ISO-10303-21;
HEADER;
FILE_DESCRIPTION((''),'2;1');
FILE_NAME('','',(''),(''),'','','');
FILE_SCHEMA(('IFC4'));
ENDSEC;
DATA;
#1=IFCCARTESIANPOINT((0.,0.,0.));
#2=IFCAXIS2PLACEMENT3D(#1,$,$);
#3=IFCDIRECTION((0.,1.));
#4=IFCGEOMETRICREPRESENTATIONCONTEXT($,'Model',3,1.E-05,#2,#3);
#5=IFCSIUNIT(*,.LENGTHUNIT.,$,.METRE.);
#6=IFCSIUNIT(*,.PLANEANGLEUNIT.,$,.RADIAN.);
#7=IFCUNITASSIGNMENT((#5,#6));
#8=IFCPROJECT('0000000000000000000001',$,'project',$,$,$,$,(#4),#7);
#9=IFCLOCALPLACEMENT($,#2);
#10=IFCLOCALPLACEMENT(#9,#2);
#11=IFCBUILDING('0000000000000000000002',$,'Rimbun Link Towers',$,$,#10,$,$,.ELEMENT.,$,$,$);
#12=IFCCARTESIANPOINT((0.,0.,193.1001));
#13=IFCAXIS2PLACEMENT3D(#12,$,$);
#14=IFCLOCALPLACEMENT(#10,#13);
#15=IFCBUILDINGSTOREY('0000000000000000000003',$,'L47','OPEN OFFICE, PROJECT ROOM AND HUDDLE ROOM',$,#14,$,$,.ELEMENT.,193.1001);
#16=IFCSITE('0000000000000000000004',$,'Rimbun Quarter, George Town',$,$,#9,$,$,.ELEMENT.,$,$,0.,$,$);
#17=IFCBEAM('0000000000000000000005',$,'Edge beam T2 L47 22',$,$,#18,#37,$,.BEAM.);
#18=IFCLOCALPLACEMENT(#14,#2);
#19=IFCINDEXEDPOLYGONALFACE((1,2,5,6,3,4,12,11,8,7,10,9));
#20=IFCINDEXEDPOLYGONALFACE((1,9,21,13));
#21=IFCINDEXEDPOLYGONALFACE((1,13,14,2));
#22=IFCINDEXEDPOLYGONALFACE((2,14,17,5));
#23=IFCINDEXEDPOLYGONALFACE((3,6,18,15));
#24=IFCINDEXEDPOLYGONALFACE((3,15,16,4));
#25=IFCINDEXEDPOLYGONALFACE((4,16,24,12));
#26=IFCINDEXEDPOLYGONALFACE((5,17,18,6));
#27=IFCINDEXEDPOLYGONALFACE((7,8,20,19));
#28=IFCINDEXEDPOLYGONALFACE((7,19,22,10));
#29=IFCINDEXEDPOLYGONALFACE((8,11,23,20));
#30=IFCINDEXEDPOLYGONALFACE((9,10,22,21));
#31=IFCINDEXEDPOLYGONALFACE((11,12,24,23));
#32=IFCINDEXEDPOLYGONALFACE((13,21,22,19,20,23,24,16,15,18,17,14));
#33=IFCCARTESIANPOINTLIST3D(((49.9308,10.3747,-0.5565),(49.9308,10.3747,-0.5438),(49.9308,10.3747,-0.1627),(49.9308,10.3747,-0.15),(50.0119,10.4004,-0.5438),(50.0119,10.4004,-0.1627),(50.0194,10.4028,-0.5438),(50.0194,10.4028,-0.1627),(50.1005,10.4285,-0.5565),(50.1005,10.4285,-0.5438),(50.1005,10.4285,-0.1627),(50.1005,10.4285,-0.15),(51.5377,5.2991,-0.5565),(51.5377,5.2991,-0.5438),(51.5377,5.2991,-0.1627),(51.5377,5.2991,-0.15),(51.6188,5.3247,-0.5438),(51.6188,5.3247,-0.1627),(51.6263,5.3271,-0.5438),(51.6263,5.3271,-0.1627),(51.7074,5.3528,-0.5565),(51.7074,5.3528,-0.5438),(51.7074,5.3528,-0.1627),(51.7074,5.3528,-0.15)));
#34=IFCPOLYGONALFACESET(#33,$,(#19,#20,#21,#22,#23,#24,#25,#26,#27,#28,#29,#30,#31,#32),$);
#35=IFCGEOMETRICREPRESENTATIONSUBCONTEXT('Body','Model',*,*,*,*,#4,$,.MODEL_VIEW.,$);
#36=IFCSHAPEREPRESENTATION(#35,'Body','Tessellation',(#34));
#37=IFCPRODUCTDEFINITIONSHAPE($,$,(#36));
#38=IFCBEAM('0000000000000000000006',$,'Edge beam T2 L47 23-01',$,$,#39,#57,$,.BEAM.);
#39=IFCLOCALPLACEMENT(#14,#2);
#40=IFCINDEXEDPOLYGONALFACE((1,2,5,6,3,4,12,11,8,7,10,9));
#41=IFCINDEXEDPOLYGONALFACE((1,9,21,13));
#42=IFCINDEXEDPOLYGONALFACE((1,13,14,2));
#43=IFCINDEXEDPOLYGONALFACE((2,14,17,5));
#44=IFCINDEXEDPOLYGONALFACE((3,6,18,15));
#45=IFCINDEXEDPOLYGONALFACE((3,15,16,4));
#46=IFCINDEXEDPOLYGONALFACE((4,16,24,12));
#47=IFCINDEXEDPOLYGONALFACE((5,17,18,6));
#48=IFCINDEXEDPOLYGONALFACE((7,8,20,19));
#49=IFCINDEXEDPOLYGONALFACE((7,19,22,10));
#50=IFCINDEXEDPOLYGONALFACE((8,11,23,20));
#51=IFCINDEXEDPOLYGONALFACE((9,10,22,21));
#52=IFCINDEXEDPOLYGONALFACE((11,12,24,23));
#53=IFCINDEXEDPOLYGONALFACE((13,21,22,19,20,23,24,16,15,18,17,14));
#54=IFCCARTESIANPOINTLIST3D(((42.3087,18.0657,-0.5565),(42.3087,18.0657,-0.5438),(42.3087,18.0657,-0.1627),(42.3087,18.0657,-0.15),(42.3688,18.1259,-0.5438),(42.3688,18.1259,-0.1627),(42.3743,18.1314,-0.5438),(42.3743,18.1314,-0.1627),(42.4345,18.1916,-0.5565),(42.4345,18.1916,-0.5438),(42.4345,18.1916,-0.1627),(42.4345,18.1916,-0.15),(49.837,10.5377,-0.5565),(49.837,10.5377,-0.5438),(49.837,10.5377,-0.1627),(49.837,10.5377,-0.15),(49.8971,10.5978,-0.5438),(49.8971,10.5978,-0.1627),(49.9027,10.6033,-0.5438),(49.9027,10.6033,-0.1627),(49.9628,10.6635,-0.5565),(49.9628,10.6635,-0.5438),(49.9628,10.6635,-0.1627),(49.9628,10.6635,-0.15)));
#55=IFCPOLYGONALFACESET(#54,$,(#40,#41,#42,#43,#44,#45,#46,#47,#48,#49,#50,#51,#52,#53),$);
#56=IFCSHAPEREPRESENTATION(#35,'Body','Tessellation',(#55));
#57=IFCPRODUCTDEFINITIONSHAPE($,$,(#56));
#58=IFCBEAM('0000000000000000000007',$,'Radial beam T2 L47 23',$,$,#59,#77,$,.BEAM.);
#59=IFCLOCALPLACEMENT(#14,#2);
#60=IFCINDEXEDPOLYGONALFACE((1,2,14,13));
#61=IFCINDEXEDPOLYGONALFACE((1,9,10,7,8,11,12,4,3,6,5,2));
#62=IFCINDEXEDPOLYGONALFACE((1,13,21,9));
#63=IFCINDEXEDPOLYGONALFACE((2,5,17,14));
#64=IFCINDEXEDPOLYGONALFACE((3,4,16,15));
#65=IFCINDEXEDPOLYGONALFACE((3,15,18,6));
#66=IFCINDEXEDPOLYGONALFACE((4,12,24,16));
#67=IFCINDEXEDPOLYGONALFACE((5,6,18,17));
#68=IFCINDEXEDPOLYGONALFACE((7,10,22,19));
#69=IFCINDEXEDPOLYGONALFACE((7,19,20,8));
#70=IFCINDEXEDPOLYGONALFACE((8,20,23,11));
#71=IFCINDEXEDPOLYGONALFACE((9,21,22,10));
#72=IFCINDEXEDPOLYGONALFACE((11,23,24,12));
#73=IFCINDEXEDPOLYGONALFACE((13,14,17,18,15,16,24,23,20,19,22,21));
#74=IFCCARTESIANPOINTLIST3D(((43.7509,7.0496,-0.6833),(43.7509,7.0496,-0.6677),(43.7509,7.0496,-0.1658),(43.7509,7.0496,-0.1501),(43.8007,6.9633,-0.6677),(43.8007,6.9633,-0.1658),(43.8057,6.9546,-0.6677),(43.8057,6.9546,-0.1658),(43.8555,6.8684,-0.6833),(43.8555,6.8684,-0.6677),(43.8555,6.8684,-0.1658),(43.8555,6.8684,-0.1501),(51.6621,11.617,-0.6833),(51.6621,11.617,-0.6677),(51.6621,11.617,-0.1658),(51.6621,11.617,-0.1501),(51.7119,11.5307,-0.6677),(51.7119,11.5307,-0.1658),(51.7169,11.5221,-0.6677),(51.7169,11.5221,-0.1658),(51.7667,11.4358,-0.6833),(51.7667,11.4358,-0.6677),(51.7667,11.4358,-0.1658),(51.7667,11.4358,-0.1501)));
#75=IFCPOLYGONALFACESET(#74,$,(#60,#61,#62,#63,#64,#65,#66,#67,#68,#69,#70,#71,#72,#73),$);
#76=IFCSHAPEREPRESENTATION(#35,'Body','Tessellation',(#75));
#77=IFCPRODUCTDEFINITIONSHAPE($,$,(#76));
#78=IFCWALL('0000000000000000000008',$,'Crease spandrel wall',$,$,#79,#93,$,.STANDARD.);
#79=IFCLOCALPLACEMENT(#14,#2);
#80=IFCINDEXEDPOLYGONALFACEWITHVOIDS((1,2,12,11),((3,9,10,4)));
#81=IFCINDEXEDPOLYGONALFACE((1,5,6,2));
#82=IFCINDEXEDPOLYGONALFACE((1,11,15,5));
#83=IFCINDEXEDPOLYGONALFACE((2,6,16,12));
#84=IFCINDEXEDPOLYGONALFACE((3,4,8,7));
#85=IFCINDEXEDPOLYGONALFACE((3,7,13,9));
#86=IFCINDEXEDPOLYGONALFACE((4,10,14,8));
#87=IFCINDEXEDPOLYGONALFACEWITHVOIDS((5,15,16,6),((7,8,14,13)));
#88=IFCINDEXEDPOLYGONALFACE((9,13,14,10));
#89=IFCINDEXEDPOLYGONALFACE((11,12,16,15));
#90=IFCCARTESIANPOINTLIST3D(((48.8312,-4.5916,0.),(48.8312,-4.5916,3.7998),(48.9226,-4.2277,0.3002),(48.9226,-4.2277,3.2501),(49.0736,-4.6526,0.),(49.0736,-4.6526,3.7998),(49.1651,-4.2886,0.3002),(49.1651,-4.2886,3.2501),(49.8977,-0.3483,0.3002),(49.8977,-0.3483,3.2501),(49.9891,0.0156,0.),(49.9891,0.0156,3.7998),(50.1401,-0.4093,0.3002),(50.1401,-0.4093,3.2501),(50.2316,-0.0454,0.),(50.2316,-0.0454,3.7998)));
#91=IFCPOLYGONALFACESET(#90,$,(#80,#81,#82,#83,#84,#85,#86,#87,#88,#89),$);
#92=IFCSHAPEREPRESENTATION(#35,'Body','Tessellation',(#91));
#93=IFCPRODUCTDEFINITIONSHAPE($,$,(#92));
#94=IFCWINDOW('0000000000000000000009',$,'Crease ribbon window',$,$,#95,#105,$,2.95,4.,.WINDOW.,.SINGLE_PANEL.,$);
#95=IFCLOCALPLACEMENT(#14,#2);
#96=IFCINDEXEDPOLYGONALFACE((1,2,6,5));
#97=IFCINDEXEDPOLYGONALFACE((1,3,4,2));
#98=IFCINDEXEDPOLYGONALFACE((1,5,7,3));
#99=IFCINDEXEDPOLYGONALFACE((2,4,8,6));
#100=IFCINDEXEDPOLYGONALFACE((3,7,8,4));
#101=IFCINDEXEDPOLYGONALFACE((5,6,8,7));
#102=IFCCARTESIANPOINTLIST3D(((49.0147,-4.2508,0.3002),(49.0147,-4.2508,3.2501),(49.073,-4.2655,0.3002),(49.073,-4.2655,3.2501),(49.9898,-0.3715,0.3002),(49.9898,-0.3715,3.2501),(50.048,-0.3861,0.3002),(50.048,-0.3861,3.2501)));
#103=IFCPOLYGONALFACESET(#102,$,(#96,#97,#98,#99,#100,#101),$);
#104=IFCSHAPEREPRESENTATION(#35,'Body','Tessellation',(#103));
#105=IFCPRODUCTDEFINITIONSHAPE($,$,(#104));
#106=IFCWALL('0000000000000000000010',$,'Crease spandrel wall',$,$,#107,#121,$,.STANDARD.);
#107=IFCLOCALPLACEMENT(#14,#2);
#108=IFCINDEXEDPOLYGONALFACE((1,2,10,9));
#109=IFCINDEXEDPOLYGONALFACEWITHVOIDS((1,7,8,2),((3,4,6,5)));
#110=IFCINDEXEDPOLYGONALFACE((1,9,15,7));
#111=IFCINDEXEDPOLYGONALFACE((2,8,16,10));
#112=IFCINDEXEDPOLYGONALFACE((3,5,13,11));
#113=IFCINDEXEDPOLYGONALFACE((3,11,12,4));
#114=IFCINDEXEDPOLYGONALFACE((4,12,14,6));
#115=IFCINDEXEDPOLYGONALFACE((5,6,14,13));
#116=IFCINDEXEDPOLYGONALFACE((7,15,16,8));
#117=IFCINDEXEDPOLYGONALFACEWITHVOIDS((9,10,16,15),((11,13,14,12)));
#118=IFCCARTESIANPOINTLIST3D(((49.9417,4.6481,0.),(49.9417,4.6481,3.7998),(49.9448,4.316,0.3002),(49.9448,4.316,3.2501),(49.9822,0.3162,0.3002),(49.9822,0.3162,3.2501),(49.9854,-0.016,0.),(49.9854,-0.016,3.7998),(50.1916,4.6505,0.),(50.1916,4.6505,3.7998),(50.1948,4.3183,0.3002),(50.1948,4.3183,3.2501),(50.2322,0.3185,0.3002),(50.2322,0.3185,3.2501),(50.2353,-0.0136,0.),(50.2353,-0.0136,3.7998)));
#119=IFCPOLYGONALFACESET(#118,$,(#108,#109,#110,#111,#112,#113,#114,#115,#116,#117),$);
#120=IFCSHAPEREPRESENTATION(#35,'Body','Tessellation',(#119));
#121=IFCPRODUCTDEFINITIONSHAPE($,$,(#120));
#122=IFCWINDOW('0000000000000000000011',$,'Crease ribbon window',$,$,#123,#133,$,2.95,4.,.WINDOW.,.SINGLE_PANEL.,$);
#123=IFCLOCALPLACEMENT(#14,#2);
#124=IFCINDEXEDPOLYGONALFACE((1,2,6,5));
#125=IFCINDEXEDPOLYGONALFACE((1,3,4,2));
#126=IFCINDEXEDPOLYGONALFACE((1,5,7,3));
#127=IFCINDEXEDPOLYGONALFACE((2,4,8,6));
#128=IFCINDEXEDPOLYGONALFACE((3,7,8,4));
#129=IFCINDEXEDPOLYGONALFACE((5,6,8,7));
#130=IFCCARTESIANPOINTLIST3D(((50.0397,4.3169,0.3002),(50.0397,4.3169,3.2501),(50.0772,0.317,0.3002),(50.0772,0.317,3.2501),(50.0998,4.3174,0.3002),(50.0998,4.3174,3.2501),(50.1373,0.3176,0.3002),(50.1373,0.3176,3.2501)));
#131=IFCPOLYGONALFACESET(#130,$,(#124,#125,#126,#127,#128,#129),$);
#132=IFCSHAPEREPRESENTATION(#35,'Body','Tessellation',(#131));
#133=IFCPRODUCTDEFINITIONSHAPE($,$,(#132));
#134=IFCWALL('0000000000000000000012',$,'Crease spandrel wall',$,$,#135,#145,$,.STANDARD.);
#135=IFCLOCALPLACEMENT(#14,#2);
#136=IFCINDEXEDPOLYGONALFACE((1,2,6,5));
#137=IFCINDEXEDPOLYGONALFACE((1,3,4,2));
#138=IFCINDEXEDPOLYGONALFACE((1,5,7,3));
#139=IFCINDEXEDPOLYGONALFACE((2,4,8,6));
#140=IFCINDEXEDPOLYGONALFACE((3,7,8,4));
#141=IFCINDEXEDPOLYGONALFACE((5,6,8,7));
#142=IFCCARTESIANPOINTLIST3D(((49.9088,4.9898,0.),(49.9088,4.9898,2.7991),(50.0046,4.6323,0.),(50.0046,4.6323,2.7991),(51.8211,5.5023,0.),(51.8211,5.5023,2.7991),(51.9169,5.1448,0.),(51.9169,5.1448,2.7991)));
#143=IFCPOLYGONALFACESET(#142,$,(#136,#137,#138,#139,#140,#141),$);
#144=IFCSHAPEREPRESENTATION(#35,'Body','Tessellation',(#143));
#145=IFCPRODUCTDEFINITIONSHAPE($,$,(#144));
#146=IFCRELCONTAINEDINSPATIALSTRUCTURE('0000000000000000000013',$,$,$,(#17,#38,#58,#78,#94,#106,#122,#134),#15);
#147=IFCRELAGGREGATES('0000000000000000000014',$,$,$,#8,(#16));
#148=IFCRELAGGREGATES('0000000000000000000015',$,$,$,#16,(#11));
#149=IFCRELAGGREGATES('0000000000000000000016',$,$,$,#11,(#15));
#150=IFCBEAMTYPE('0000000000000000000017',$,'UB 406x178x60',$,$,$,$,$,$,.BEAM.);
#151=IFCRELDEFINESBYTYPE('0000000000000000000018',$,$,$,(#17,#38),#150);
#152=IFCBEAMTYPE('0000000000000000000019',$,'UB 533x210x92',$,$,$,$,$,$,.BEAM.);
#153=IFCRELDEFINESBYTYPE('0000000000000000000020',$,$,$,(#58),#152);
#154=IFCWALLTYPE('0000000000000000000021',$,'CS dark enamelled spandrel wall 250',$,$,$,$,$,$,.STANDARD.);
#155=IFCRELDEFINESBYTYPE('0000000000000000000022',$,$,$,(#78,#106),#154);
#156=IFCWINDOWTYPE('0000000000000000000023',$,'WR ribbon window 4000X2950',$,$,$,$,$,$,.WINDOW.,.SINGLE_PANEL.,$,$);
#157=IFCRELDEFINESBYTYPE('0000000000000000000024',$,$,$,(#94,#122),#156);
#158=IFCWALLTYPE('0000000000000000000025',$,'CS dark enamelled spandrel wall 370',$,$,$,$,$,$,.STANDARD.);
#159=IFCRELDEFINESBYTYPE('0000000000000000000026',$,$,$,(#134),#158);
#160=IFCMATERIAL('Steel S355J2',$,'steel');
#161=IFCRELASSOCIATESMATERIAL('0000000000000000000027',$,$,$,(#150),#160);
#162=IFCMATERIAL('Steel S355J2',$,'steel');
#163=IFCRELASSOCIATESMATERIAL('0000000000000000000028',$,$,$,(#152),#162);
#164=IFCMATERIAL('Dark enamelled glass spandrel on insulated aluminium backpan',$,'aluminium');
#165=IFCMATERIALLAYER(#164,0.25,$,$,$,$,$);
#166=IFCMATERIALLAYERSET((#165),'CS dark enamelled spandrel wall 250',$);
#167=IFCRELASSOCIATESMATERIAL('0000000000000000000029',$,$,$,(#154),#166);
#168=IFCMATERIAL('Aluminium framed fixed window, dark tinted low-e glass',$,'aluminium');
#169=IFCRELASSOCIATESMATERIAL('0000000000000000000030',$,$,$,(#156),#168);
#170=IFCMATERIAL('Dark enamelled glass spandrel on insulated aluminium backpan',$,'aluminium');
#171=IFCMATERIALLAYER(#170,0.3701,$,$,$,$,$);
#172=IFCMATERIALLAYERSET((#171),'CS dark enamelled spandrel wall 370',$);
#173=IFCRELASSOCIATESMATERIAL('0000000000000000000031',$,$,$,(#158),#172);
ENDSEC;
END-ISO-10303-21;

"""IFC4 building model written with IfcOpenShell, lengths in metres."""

from ifc_helpers import new_model, si_unit, direction, frame, frame_2d, origin, origin_2d, place, context, subcontext, project, spatial, rectangle, i_section, extrude, material, layer, layer_set, material_profile, profile_set, type_object, element, fill, save


model = new_model("IFC4")

# Units and contexts
model_context = context("Model", 3, precision=1e-05, world=origin(), true_north=direction((0.0, 1.0)))
body_context = subcontext(model_context, "Body", "Model", "MODEL_VIEW")
ifc_project = project(units=[si_unit("LENGTHUNIT", "METRE"), si_unit("PLANEANGLEUNIT", "RADIAN")], contexts=[model_context])

# Site, building, storey
site_placement = place(None, origin())
site = spatial("IfcSite", under=ifc_project, at=site_placement, Name="Rimbun Quarter, George Town", CompositionType="ELEMENT", RefElevation=0.0)
building_placement = place(site_placement, origin())
building = spatial("IfcBuilding", under=site, at=building_placement, Name="Rimbun Link Towers", CompositionType="ELEMENT")
storey_placement = place(building_placement, frame((0.0, 0.0, 193.1001)))
storey = spatial("IfcBuildingStorey", under=building, at=storey_placement, Name="L47", Description="OPEN OFFICE, PROJECT ROOM AND HUDDLE ROOM", CompositionType="ELEMENT", Elevation=193.1001)

# Beams
ifc_material_1 = material(Name="Steel S355J2", Category="steel")
ifc_material_profile_1 = material_profile(ifc_material_1, i_section(OverallWidth=0.178, OverallDepth=0.4065, WebThickness=0.0078, FlangeThickness=0.0127, at=origin_2d()), Name="UB 406x178x60")
ifc_profile_set_1 = profile_set([ifc_material_profile_1], Name="Steel S355J2")
beam_type_1 = type_object("IfcBeamType", Name="UB 406x178x60", PredefinedType="BEAM", material=ifc_profile_set_1)
beam_1_placement = place(storey_placement, frame((51.6226, 5.3259, -0.3533), z_axis=(-0.301829, 0.953362, 0.0), x_axis=(-0.953362, -0.301829, 0.0)))
element("IfcBeam", 1, at=beam_1_placement, inside=storey, type_object=beam_type_1, Name="Edge beam T2 L47 22", PredefinedType="BEAM", context=body_context, shape_type="SweptSolid", body=[
    extrude(i_section(OverallWidth=0.178, OverallDepth=0.4065, WebThickness=0.0078, FlangeThickness=0.0127, at=origin_2d()), origin(), (0.0, 0.0, 1.0), 5.324),
])
beam_2_placement = place(storey_placement, frame((49.8999, 10.6006, -0.3533), z_axis=(-0.707118, 0.707095, 0.0), x_axis=(-0.707095, -0.707118, 0.0)))
element("IfcBeam", 2, at=beam_2_placement, inside=storey, type_object=beam_type_1, Name="Edge beam T2 L47 23-01", PredefinedType="BEAM", context=body_context, shape_type="SweptSolid", body=[
    extrude(i_section(OverallWidth=0.178, OverallDepth=0.4065, WebThickness=0.0078, FlangeThickness=0.0127, at=origin_2d()), origin(), (0.0, 0.0, 1.0), 10.6465),
])
ifc_material_2 = material(Name="Steel S355J2", Category="steel")
ifc_material_profile_2 = material_profile(ifc_material_2, i_section(OverallWidth=0.2092, OverallDepth=0.5332, WebThickness=0.01, FlangeThickness=0.0156, at=origin_2d()), Name="UB 533x210x92")
ifc_profile_set_2 = profile_set([ifc_material_profile_2], Name="Steel S355J2")
beam_type_2 = type_object("IfcBeamType", Name="UB 533x210x92", PredefinedType="BEAM", material=ifc_profile_set_2)
beam_3_placement = place(storey_placement, frame((43.8032, 6.959, -0.4167), z_axis=(0.866031, 0.499991, 0.0), x_axis=(-0.499991, 0.866031, 0.0)))
element("IfcBeam", 3, at=beam_3_placement, inside=storey, type_object=beam_type_2, Name="Radial beam T2 L47 23", PredefinedType="BEAM", context=body_context, shape_type="SweptSolid", body=[
    extrude(i_section(OverallWidth=0.2092, OverallDepth=0.5332, WebThickness=0.01, FlangeThickness=0.0156, at=origin_2d()), origin(), (0.0, 0.0, 1.0), 9.135),
])

# Walls, openings, windows
ifc_material_3 = material(Name="Dark enamelled glass spandrel on insulated aluminium backpan", Category="aluminium")
ifc_layer_1 = layer(ifc_material_3, 0.25)
ifc_layer_set_1 = layer_set([ifc_layer_1], Name="CS dark enamelled spandrel wall 250")
wall_type_1 = type_object("IfcWallType", Name="CS dark enamelled spandrel wall 250", PredefinedType="STANDARD", material=ifc_layer_set_1)
wall_1_placement = place(storey_placement, frame((50.1104, -0.0149, 0.0), z_axis=(0.0, 0.0, 1.0), x_axis=(-0.243757, -0.969836, 0.0)))
wall_1 = element("IfcWall", 4, at=wall_1_placement, inside=storey, type_object=wall_type_1, Name="Crease spandrel wall", PredefinedType="STANDARD", context=body_context, shape_type="SweptSolid", body=[
    extrude(rectangle(XDim=4.7505, YDim=0.25, at=frame_2d((2.3752, 0.0))), origin(), (0.0, 0.0, 1.0), 3.7998),
])
opening_1_placement = place(wall_1_placement, frame((0.3752, 0.0, 0.3)))
opening_1 = element("IfcOpeningElement", 5, at=opening_1_placement, cuts=wall_1, PredefinedType="OPENING", context=body_context, shape_type="SweptSolid", body=[
    extrude(rectangle(XDim=4.0, YDim=2.95, at=frame_2d((2.0, 1.4751))), frame((0.0, 0.135, 0.0), z_axis=(0.0, -1.0, 0.0), x_axis=(1.0, 0.0, 0.0)), (0.0, 0.0, 1.0), 0.27),
])
ifc_material_4 = material(Name="Aluminium framed fixed window, dark tinted low-e glass", Category="aluminium")
window_type = type_object("IfcWindowType", Name="WR ribbon window 4000X2950", PartitioningType="SINGLE_PANEL", PredefinedType="WINDOW", material=ifc_material_4)
window_1_placement = place(opening_1_placement, origin())
window_1 = element("IfcWindow", 6, at=window_1_placement, inside=storey, type_object=window_type, Name="Crease ribbon window", OverallHeight=2.95, OverallWidth=4.0, PartitioningType="SINGLE_PANEL", PredefinedType="WINDOW", context=body_context, shape_type="SweptSolid", body=[
    extrude(rectangle(XDim=4.0, YDim=2.95, at=frame_2d((2.0, 1.4751))), frame((0.0, 0.03, 0.0), z_axis=(0.0, -1.0, 0.0), x_axis=(1.0, 0.0, 0.0)), (0.0, 0.0, 1.0), 0.0601),
])
fill(opening_1, window_1)
wall_2_placement = place(storey_placement, frame((50.0667, 4.6492, 0.0), z_axis=(0.0, 0.0, 1.0), x_axis=(0.009369, -0.999956, 0.0)))
wall_2 = element("IfcWall", 7, at=wall_2_placement, inside=storey, type_object=wall_type_1, Name="Crease spandrel wall", PredefinedType="STANDARD", context=body_context, shape_type="SweptSolid", body=[
    extrude(rectangle(XDim=4.6643, YDim=0.25, at=frame_2d((2.332, 0.0))), origin(), (0.0, 0.0, 1.0), 3.7998),
])
opening_2_placement = place(wall_2_placement, frame((0.332, 0.0, 0.3)))
opening_2 = element("IfcOpeningElement", 8, at=opening_2_placement, cuts=wall_2, PredefinedType="OPENING", context=body_context, shape_type="SweptSolid", body=[
    extrude(rectangle(XDim=4.0, YDim=2.95, at=frame_2d((2.0, 1.4751))), frame((0.0, 0.135, 0.0), z_axis=(0.0, -1.0, 0.0), x_axis=(1.0, 0.0, 0.0)), (0.0, 0.0, 1.0), 0.27),
])
window_2_placement = place(opening_2_placement, origin())
window_2 = element("IfcWindow", 9, at=window_2_placement, inside=storey, type_object=window_type, Name="Crease ribbon window", OverallHeight=2.95, OverallWidth=4.0, PartitioningType="SINGLE_PANEL", PredefinedType="WINDOW", context=body_context, shape_type="SweptSolid", body=[
    extrude(rectangle(XDim=4.0, YDim=2.95, at=frame_2d((2.0, 1.4751))), frame((0.0, 0.03, 0.0), z_axis=(0.0, -1.0, 0.0), x_axis=(1.0, 0.0, 0.0)), (0.0, 0.0, 1.0), 0.0601),
])
fill(opening_2, window_2)

# Wall
ifc_material_5 = material(Name="Dark enamelled glass spandrel on insulated aluminium backpan", Category="aluminium")
ifc_layer_2 = layer(ifc_material_5, 0.3701)
ifc_layer_set_2 = layer_set([ifc_layer_2], Name="CS dark enamelled spandrel wall 370")
wall_type_2 = type_object("IfcWallType", Name="CS dark enamelled spandrel wall 370", PredefinedType="STANDARD", material=ifc_layer_set_2)
wall_3_placement = place(storey_placement, frame((51.8689, 5.3235, 0.0), z_axis=(0.0, 0.0, 1.0), x_axis=(-0.965921, -0.258837, 0.0)))
element("IfcWall", 10, at=wall_3_placement, inside=storey, type_object=wall_type_2, Name="Crease spandrel wall", PredefinedType="STANDARD", context=body_context, shape_type="SweptSolid", body=[
    extrude(rectangle(XDim=1.9797, YDim=0.3701, at=frame_2d((0.9897, 0.0))), origin(), (0.0, 0.0, 1.0), 2.7991),
])

save(model, "model.ifc")
